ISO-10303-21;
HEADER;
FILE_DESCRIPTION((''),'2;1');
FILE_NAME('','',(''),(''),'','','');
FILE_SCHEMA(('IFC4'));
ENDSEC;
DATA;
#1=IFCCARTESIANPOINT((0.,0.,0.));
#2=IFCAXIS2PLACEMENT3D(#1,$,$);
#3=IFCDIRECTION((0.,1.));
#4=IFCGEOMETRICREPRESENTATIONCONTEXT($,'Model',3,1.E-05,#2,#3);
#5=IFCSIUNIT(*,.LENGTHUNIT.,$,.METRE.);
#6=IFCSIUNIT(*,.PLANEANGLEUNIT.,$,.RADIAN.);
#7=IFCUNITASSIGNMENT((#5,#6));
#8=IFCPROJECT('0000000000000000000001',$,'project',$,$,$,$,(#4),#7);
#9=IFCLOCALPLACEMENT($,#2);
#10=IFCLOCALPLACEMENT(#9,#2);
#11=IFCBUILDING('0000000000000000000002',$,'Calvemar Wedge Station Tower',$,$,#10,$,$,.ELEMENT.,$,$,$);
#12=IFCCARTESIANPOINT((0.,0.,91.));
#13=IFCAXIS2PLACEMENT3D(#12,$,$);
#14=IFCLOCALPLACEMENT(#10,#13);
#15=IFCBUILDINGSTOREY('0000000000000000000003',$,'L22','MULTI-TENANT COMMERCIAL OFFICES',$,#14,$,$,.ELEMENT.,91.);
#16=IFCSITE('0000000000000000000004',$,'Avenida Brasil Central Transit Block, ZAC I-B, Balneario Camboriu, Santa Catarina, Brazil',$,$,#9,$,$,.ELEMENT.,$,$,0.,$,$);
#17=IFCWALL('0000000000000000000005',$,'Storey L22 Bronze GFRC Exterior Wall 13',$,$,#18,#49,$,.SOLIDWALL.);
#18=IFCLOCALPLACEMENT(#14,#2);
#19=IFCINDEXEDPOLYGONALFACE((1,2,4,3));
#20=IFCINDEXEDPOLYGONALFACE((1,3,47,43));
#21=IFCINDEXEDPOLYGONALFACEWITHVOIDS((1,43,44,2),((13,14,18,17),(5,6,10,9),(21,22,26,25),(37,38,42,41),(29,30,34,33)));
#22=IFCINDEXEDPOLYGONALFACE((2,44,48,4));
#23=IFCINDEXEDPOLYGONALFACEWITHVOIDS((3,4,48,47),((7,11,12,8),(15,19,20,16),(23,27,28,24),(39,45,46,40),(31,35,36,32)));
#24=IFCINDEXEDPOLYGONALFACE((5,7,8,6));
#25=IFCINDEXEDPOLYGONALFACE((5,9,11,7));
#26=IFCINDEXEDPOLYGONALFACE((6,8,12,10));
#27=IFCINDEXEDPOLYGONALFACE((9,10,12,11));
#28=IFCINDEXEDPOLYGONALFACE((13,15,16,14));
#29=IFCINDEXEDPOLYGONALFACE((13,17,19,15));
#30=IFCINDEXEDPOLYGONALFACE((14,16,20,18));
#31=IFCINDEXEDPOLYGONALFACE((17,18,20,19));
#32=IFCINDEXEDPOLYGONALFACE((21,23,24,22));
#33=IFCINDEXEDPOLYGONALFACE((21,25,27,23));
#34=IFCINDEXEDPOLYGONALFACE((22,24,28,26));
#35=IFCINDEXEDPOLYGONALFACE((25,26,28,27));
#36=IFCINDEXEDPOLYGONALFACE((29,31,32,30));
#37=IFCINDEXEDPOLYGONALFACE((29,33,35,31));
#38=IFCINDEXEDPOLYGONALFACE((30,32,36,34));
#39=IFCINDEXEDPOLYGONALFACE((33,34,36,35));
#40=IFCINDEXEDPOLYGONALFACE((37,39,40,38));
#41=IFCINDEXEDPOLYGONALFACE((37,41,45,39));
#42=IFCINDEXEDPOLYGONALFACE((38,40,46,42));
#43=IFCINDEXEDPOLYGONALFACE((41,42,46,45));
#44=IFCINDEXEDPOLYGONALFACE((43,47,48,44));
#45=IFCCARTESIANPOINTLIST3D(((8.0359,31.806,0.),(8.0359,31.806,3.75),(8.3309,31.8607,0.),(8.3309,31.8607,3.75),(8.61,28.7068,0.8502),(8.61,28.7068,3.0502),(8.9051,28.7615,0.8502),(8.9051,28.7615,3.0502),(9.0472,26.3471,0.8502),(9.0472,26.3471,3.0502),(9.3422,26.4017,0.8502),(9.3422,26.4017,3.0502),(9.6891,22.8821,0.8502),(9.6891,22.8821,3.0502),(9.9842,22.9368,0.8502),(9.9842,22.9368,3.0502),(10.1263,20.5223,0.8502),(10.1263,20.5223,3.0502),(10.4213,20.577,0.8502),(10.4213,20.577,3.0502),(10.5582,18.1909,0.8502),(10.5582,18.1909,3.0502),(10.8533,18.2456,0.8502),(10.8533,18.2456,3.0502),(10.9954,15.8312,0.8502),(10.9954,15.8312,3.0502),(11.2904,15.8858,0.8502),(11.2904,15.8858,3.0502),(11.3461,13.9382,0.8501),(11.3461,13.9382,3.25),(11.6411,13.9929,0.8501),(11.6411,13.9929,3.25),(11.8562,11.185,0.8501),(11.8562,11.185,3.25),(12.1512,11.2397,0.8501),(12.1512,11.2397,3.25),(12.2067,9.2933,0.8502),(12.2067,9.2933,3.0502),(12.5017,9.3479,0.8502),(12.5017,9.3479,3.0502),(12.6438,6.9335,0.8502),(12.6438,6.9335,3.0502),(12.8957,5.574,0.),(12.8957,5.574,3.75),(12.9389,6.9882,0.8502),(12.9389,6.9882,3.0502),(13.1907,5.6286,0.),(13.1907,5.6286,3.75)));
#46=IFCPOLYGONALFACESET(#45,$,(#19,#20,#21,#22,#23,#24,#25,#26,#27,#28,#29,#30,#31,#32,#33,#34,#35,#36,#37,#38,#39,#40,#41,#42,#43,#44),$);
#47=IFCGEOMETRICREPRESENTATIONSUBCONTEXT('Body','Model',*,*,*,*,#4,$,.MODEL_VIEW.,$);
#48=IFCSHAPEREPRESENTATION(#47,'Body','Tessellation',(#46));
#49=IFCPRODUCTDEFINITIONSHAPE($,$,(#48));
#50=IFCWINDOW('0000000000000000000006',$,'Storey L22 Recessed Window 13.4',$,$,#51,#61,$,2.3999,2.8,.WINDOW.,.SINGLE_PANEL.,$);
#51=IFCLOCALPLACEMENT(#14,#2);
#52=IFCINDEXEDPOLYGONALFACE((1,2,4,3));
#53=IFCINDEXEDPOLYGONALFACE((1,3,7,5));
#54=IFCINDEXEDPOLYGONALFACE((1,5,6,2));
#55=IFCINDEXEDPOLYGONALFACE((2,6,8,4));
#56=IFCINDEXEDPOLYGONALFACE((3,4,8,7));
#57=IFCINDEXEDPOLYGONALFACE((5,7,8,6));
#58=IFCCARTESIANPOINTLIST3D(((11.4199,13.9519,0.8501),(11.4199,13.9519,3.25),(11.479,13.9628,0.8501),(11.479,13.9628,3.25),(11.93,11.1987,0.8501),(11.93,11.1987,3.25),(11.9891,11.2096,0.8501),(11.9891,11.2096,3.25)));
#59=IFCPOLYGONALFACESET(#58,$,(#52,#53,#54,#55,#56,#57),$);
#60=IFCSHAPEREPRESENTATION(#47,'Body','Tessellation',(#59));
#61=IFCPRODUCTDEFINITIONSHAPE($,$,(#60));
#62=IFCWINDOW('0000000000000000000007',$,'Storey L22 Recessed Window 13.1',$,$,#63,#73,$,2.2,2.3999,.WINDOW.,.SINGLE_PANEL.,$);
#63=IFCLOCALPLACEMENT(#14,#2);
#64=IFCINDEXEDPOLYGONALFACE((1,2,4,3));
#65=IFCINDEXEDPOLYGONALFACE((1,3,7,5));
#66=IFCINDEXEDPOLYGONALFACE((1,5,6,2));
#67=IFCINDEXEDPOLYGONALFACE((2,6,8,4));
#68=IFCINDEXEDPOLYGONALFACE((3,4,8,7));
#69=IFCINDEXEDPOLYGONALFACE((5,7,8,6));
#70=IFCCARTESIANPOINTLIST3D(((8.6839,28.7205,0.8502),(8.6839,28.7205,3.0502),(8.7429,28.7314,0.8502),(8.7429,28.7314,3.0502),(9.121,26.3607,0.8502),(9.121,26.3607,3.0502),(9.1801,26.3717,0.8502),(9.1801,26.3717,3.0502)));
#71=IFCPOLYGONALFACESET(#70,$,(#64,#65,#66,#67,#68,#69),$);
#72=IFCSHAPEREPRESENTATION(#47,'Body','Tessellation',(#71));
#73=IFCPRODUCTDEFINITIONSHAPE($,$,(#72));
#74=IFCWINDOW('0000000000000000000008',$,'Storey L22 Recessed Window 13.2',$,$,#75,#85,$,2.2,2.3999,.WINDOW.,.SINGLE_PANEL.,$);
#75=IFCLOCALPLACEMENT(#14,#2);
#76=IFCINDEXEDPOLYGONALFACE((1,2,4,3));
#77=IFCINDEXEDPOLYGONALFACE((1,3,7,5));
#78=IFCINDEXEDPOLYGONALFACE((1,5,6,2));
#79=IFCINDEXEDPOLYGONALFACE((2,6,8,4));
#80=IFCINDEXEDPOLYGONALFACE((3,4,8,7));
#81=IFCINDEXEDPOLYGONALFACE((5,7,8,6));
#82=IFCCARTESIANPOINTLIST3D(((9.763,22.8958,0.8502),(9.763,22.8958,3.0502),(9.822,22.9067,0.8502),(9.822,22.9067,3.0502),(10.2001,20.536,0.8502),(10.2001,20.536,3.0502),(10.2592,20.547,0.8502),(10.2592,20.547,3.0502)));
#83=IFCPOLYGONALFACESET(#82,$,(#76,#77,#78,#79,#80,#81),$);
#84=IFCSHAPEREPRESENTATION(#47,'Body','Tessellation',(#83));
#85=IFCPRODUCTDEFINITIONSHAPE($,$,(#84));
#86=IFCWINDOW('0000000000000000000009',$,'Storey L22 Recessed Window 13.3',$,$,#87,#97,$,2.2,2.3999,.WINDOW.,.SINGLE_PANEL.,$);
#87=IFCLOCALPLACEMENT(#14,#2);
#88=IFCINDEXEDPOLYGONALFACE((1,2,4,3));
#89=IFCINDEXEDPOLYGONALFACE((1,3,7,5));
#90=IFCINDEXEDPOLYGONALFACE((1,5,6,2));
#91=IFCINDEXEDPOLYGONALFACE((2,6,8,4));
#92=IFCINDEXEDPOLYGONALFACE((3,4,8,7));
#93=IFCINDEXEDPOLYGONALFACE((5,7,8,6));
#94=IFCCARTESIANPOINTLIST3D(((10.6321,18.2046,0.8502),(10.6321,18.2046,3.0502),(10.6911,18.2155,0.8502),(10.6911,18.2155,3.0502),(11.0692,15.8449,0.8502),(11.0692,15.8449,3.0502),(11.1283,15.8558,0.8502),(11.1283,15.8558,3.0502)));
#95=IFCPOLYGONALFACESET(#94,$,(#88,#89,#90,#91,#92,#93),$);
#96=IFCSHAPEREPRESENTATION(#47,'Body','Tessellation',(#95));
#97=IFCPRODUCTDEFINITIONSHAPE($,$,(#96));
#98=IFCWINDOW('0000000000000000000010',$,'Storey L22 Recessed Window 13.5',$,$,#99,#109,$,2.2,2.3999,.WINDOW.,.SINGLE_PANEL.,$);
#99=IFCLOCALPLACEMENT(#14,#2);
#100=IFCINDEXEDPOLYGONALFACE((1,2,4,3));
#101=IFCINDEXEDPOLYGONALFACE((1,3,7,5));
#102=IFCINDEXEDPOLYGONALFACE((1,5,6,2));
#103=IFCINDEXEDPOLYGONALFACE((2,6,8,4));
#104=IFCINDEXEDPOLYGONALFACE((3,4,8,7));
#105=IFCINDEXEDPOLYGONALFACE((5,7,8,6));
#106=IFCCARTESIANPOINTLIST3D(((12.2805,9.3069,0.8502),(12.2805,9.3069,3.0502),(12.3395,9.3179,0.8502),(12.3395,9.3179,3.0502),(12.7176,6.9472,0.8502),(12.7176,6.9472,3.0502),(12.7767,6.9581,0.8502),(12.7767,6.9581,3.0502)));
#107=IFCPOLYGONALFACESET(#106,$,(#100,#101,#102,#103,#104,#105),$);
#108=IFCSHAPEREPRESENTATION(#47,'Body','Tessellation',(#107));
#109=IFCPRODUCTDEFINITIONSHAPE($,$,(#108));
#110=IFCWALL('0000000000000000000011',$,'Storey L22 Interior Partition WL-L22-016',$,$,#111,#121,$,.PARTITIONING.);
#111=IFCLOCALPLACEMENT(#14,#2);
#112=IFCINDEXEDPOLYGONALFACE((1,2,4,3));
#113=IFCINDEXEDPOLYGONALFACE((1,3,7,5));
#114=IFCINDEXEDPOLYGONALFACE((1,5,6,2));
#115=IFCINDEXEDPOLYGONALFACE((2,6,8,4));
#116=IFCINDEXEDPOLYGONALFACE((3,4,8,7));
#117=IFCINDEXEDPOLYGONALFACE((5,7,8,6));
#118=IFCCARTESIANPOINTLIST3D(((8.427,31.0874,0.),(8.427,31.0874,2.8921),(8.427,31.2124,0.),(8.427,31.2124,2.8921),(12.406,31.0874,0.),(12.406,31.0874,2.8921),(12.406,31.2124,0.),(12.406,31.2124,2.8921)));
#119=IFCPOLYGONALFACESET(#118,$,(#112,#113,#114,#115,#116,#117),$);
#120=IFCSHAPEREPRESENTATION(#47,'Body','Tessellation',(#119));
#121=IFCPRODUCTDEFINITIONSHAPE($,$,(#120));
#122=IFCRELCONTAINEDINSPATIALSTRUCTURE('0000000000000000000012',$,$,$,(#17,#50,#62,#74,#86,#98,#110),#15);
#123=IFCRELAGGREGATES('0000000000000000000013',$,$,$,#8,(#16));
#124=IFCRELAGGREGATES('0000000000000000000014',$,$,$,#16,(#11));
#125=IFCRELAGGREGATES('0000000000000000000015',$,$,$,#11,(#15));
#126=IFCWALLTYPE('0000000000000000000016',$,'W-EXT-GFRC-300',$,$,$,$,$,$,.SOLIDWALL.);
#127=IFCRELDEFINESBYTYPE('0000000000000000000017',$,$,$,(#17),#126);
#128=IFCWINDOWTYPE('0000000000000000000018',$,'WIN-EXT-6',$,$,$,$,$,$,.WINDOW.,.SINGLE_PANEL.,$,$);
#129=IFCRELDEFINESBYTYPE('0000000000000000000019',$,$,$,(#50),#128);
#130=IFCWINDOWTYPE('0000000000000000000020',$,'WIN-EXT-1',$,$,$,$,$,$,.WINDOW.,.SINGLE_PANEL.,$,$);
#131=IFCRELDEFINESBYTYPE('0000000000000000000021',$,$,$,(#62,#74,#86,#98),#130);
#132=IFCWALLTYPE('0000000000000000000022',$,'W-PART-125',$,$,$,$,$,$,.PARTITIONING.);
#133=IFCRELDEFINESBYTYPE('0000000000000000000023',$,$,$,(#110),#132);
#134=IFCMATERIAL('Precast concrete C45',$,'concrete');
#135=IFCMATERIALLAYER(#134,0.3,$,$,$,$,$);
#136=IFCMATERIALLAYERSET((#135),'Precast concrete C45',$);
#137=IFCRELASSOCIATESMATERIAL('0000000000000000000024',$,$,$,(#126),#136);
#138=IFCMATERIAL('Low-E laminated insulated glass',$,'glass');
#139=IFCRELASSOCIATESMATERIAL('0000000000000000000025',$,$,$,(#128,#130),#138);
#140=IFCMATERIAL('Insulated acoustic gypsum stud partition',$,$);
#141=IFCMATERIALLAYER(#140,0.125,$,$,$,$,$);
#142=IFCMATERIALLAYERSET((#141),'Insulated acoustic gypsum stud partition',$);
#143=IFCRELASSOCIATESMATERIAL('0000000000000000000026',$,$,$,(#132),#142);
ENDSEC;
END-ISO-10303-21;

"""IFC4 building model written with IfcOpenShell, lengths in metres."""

from ifc_helpers import new_model, si_unit, direction, frame, frame_2d, origin, place, context, subcontext, project, spatial, rectangle, extrude, source, transform, mapped, material, layer, layer_set, type_object, element, fill, save


model = new_model("IFC4")

# Units and contexts
model_context = context("Model", 3, precision=1e-05, world=origin(), true_north=direction((0.0, 1.0)))
body_context = subcontext(model_context, "Body", "Model", "MODEL_VIEW")
ifc_project = project(units=[si_unit("LENGTHUNIT", "METRE"), si_unit("PLANEANGLEUNIT", "RADIAN")], contexts=[model_context])

# Site, building, storey
site_placement = place(None, origin())
site = spatial("IfcSite", under=ifc_project, at=site_placement, Name="Avenida Brasil Central Transit Block, ZAC I-B, Balneario Camboriu, Santa Catarina, Brazil", CompositionType="ELEMENT", RefElevation=0.0)
building_placement = place(site_placement, origin())
building = spatial("IfcBuilding", under=site, at=building_placement, Name="Calvemar Wedge Station Tower", CompositionType="ELEMENT")
storey_placement = place(building_placement, frame((0.0, 0.0, 91.0)))
storey = spatial("IfcBuildingStorey", under=building, at=storey_placement, Name="L22", Description="MULTI-TENANT COMMERCIAL OFFICES", CompositionType="ELEMENT", Elevation=91.0)

# Wall, openings, windows
ifc_material_1 = material(Name="Precast concrete C45", Category="concrete")
ifc_layer_1 = layer(ifc_material_1, 0.3)
ifc_layer_set_1 = layer_set([ifc_layer_1], Name="Precast concrete C45")
wall_type_1 = type_object("IfcWallType", Name="W-EXT-GFRC-300", PredefinedType="SOLIDWALL", material=ifc_layer_set_1)
wall_1_placement = place(storey_placement, frame((8.1833, 31.8335, 0.0), z_axis=(0.0, 0.0, 1.0), x_axis=(0.182164, -0.983268, 0.0)))
wall_1 = element("IfcWall", 1, at=wall_1_placement, inside=storey, type_object=wall_type_1, Name="Storey L22 Bronze GFRC Exterior Wall 13", PredefinedType="SOLIDWALL", context=body_context, shape_type="SweptSolid", body=[
    extrude(rectangle(XDim=26.6785, YDim=0.3, at=frame_2d((13.3394, 0.0))), origin(), (0.0, 0.0, 1.0), 3.75),
])
shared_shape_1 = source(origin(), body_context, "Body", "SweptSolid", [
    extrude(rectangle(XDim=2.3999, YDim=2.2, at=frame_2d((1.2, 1.1001))), frame((0.0, 0.1602, 0.0), z_axis=(0.0, -1.0, 0.0), x_axis=(1.0, 0.0, 0.0)), (0.0, 0.0, 1.0), 0.3201),
])
opening_1_placement = place(wall_1_placement, frame((3.1521, 0.0, 0.8501)))
opening_1 = element("IfcOpeningElement", 2, at=opening_1_placement, cuts=wall_1, PredefinedType="OPENING", context=body_context, shape_type="MappedRepresentation", body=[
    mapped(shared_shape_1, transform((0.0, 0.0, 0.0), scale=1.0)),
])
opening_2_placement = place(wall_1_placement, frame((9.0759, 0.0, 0.8501)))
opening_2 = element("IfcOpeningElement", 3, at=opening_2_placement, cuts=wall_1, PredefinedType="OPENING", context=body_context, shape_type="MappedRepresentation", body=[
    mapped(shared_shape_1, transform((0.0, 0.0, 0.0), scale=1.0)),
])
opening_3_placement = place(wall_1_placement, frame((13.8469, 0.0, 0.8501)))
opening_3 = element("IfcOpeningElement", 4, at=opening_3_placement, cuts=wall_1, PredefinedType="OPENING", context=body_context, shape_type="MappedRepresentation", body=[
    mapped(shared_shape_1, transform((0.0, 0.0, 0.0), scale=1.0)),
])
shared_shape_2 = source(origin(), body_context, "Body", "SweptSolid", [
    extrude(rectangle(XDim=2.8, YDim=2.3999, at=frame_2d((1.3999, 1.2))), frame((0.0, 0.1602, 0.0), z_axis=(0.0, -1.0, 0.0), x_axis=(1.0, 0.0, 0.0)), (0.0, 0.0, 1.0), 0.3201),
])
opening_4_placement = place(wall_1_placement, frame((18.1721, 0.0, 0.8501)))
opening_4 = element("IfcOpeningElement", 5, at=opening_4_placement, cuts=wall_1, PredefinedType="OPENING", context=body_context, shape_type="MappedRepresentation", body=[
    mapped(shared_shape_2, transform((0.0, 0.0, 0.0), scale=1.0)),
])
opening_5_placement = place(wall_1_placement, frame((22.896, 0.0, 0.8501)))
opening_5 = element("IfcOpeningElement", 6, at=opening_5_placement, cuts=wall_1, PredefinedType="OPENING", context=body_context, shape_type="MappedRepresentation", body=[
    mapped(shared_shape_1, transform((0.0, 0.0, 0.0), scale=1.0)),
])
ifc_material_2 = material(Name="Low-E laminated insulated glass", Category="glass")
window_type_1 = type_object("IfcWindowType", Name="WIN-EXT-6", PartitioningType="SINGLE_PANEL", PredefinedType="WINDOW", material=ifc_material_2)
shared_shape_3 = source(origin(), body_context, "Body", "SweptSolid", [
    extrude(rectangle(XDim=2.8, YDim=2.3999, at=frame_2d((1.3999, 1.2))), frame((0.0, -0.0149, 0.0), z_axis=(0.0, -1.0, 0.0), x_axis=(1.0, 0.0, 0.0)), (0.0, 0.0, 1.0), 0.0601),
])
window_1_placement = place(opening_4_placement, origin())
window_1 = element("IfcWindow", 7, at=window_1_placement, inside=storey, type_object=window_type_1, Name="Storey L22 Recessed Window 13.4", OverallHeight=2.3999, OverallWidth=2.8, PartitioningType="SINGLE_PANEL", PredefinedType="WINDOW", context=body_context, shape_type="MappedRepresentation", body=[
    mapped(shared_shape_3, transform((0.0, 0.0, 0.0), scale=1.0)),
])
fill(opening_4, window_1)
window_type_2 = type_object("IfcWindowType", Name="WIN-EXT-1", PartitioningType="SINGLE_PANEL", PredefinedType="WINDOW", material=ifc_material_2)
shared_shape_4 = source(origin(), body_context, "Body", "SweptSolid", [
    extrude(rectangle(XDim=2.3999, YDim=2.2, at=frame_2d((1.2, 1.1001))), frame((0.0, -0.0149, 0.0), z_axis=(0.0, -1.0, 0.0), x_axis=(1.0, 0.0, 0.0)), (0.0, 0.0, 1.0), 0.0601),
])
window_2_placement = place(opening_1_placement, origin())
window_2 = element("IfcWindow", 8, at=window_2_placement, inside=storey, type_object=window_type_2, Name="Storey L22 Recessed Window 13.1", OverallHeight=2.2, OverallWidth=2.3999, PartitioningType="SINGLE_PANEL", PredefinedType="WINDOW", context=body_context, shape_type="MappedRepresentation", body=[
    mapped(shared_shape_4, transform((0.0, 0.0, 0.0), scale=1.0)),
])
fill(opening_1, window_2)
window_3_placement = place(opening_2_placement, origin())
window_3 = element("IfcWindow", 9, at=window_3_placement, inside=storey, type_object=window_type_2, Name="Storey L22 Recessed Window 13.2", OverallHeight=2.2, OverallWidth=2.3999, PartitioningType="SINGLE_PANEL", PredefinedType="WINDOW", context=body_context, shape_type="MappedRepresentation", body=[
    mapped(shared_shape_4, transform((0.0, 0.0, 0.0), scale=1.0)),
])
fill(opening_2, window_3)
window_4_placement = place(opening_3_placement, origin())
window_4 = element("IfcWindow", 10, at=window_4_placement, inside=storey, type_object=window_type_2, Name="Storey L22 Recessed Window 13.3", OverallHeight=2.2, OverallWidth=2.3999, PartitioningType="SINGLE_PANEL", PredefinedType="WINDOW", context=body_context, shape_type="MappedRepresentation", body=[
    mapped(shared_shape_4, transform((0.0, 0.0, 0.0), scale=1.0)),
])
fill(opening_3, window_4)
window_5_placement = place(opening_5_placement, origin())
window_5 = element("IfcWindow", 11, at=window_5_placement, inside=storey, type_object=window_type_2, Name="Storey L22 Recessed Window 13.5", OverallHeight=2.2, OverallWidth=2.3999, PartitioningType="SINGLE_PANEL", PredefinedType="WINDOW", context=body_context, shape_type="MappedRepresentation", body=[
    mapped(shared_shape_4, transform((0.0, 0.0, 0.0), scale=1.0)),
])
fill(opening_5, window_5)

# Wall
ifc_material_3 = material(Name="Insulated acoustic gypsum stud partition")
ifc_layer_2 = layer(ifc_material_3, 0.125)
ifc_layer_set_2 = layer_set([ifc_layer_2], Name="Insulated acoustic gypsum stud partition")
wall_type_2 = type_object("IfcWallType", Name="W-PART-125", PredefinedType="PARTITIONING", material=ifc_layer_set_2)
wall_2_placement = place(storey_placement, frame((12.406, 31.1499, 0.0), z_axis=(0.0, 0.0, 1.0), x_axis=(-1.0, 0.0, 0.0)))
element("IfcWall", 12, at=wall_2_placement, inside=storey, type_object=wall_type_2, Name="Storey L22 Interior Partition WL-L22-016", PredefinedType="PARTITIONING", context=body_context, shape_type="SweptSolid", body=[
    extrude(rectangle(XDim=3.979, YDim=0.125, at=frame_2d((1.9895, 0.0))), origin(), (0.0, 0.0, 1.0), 2.8921),
])

save(model, "model.ifc")
